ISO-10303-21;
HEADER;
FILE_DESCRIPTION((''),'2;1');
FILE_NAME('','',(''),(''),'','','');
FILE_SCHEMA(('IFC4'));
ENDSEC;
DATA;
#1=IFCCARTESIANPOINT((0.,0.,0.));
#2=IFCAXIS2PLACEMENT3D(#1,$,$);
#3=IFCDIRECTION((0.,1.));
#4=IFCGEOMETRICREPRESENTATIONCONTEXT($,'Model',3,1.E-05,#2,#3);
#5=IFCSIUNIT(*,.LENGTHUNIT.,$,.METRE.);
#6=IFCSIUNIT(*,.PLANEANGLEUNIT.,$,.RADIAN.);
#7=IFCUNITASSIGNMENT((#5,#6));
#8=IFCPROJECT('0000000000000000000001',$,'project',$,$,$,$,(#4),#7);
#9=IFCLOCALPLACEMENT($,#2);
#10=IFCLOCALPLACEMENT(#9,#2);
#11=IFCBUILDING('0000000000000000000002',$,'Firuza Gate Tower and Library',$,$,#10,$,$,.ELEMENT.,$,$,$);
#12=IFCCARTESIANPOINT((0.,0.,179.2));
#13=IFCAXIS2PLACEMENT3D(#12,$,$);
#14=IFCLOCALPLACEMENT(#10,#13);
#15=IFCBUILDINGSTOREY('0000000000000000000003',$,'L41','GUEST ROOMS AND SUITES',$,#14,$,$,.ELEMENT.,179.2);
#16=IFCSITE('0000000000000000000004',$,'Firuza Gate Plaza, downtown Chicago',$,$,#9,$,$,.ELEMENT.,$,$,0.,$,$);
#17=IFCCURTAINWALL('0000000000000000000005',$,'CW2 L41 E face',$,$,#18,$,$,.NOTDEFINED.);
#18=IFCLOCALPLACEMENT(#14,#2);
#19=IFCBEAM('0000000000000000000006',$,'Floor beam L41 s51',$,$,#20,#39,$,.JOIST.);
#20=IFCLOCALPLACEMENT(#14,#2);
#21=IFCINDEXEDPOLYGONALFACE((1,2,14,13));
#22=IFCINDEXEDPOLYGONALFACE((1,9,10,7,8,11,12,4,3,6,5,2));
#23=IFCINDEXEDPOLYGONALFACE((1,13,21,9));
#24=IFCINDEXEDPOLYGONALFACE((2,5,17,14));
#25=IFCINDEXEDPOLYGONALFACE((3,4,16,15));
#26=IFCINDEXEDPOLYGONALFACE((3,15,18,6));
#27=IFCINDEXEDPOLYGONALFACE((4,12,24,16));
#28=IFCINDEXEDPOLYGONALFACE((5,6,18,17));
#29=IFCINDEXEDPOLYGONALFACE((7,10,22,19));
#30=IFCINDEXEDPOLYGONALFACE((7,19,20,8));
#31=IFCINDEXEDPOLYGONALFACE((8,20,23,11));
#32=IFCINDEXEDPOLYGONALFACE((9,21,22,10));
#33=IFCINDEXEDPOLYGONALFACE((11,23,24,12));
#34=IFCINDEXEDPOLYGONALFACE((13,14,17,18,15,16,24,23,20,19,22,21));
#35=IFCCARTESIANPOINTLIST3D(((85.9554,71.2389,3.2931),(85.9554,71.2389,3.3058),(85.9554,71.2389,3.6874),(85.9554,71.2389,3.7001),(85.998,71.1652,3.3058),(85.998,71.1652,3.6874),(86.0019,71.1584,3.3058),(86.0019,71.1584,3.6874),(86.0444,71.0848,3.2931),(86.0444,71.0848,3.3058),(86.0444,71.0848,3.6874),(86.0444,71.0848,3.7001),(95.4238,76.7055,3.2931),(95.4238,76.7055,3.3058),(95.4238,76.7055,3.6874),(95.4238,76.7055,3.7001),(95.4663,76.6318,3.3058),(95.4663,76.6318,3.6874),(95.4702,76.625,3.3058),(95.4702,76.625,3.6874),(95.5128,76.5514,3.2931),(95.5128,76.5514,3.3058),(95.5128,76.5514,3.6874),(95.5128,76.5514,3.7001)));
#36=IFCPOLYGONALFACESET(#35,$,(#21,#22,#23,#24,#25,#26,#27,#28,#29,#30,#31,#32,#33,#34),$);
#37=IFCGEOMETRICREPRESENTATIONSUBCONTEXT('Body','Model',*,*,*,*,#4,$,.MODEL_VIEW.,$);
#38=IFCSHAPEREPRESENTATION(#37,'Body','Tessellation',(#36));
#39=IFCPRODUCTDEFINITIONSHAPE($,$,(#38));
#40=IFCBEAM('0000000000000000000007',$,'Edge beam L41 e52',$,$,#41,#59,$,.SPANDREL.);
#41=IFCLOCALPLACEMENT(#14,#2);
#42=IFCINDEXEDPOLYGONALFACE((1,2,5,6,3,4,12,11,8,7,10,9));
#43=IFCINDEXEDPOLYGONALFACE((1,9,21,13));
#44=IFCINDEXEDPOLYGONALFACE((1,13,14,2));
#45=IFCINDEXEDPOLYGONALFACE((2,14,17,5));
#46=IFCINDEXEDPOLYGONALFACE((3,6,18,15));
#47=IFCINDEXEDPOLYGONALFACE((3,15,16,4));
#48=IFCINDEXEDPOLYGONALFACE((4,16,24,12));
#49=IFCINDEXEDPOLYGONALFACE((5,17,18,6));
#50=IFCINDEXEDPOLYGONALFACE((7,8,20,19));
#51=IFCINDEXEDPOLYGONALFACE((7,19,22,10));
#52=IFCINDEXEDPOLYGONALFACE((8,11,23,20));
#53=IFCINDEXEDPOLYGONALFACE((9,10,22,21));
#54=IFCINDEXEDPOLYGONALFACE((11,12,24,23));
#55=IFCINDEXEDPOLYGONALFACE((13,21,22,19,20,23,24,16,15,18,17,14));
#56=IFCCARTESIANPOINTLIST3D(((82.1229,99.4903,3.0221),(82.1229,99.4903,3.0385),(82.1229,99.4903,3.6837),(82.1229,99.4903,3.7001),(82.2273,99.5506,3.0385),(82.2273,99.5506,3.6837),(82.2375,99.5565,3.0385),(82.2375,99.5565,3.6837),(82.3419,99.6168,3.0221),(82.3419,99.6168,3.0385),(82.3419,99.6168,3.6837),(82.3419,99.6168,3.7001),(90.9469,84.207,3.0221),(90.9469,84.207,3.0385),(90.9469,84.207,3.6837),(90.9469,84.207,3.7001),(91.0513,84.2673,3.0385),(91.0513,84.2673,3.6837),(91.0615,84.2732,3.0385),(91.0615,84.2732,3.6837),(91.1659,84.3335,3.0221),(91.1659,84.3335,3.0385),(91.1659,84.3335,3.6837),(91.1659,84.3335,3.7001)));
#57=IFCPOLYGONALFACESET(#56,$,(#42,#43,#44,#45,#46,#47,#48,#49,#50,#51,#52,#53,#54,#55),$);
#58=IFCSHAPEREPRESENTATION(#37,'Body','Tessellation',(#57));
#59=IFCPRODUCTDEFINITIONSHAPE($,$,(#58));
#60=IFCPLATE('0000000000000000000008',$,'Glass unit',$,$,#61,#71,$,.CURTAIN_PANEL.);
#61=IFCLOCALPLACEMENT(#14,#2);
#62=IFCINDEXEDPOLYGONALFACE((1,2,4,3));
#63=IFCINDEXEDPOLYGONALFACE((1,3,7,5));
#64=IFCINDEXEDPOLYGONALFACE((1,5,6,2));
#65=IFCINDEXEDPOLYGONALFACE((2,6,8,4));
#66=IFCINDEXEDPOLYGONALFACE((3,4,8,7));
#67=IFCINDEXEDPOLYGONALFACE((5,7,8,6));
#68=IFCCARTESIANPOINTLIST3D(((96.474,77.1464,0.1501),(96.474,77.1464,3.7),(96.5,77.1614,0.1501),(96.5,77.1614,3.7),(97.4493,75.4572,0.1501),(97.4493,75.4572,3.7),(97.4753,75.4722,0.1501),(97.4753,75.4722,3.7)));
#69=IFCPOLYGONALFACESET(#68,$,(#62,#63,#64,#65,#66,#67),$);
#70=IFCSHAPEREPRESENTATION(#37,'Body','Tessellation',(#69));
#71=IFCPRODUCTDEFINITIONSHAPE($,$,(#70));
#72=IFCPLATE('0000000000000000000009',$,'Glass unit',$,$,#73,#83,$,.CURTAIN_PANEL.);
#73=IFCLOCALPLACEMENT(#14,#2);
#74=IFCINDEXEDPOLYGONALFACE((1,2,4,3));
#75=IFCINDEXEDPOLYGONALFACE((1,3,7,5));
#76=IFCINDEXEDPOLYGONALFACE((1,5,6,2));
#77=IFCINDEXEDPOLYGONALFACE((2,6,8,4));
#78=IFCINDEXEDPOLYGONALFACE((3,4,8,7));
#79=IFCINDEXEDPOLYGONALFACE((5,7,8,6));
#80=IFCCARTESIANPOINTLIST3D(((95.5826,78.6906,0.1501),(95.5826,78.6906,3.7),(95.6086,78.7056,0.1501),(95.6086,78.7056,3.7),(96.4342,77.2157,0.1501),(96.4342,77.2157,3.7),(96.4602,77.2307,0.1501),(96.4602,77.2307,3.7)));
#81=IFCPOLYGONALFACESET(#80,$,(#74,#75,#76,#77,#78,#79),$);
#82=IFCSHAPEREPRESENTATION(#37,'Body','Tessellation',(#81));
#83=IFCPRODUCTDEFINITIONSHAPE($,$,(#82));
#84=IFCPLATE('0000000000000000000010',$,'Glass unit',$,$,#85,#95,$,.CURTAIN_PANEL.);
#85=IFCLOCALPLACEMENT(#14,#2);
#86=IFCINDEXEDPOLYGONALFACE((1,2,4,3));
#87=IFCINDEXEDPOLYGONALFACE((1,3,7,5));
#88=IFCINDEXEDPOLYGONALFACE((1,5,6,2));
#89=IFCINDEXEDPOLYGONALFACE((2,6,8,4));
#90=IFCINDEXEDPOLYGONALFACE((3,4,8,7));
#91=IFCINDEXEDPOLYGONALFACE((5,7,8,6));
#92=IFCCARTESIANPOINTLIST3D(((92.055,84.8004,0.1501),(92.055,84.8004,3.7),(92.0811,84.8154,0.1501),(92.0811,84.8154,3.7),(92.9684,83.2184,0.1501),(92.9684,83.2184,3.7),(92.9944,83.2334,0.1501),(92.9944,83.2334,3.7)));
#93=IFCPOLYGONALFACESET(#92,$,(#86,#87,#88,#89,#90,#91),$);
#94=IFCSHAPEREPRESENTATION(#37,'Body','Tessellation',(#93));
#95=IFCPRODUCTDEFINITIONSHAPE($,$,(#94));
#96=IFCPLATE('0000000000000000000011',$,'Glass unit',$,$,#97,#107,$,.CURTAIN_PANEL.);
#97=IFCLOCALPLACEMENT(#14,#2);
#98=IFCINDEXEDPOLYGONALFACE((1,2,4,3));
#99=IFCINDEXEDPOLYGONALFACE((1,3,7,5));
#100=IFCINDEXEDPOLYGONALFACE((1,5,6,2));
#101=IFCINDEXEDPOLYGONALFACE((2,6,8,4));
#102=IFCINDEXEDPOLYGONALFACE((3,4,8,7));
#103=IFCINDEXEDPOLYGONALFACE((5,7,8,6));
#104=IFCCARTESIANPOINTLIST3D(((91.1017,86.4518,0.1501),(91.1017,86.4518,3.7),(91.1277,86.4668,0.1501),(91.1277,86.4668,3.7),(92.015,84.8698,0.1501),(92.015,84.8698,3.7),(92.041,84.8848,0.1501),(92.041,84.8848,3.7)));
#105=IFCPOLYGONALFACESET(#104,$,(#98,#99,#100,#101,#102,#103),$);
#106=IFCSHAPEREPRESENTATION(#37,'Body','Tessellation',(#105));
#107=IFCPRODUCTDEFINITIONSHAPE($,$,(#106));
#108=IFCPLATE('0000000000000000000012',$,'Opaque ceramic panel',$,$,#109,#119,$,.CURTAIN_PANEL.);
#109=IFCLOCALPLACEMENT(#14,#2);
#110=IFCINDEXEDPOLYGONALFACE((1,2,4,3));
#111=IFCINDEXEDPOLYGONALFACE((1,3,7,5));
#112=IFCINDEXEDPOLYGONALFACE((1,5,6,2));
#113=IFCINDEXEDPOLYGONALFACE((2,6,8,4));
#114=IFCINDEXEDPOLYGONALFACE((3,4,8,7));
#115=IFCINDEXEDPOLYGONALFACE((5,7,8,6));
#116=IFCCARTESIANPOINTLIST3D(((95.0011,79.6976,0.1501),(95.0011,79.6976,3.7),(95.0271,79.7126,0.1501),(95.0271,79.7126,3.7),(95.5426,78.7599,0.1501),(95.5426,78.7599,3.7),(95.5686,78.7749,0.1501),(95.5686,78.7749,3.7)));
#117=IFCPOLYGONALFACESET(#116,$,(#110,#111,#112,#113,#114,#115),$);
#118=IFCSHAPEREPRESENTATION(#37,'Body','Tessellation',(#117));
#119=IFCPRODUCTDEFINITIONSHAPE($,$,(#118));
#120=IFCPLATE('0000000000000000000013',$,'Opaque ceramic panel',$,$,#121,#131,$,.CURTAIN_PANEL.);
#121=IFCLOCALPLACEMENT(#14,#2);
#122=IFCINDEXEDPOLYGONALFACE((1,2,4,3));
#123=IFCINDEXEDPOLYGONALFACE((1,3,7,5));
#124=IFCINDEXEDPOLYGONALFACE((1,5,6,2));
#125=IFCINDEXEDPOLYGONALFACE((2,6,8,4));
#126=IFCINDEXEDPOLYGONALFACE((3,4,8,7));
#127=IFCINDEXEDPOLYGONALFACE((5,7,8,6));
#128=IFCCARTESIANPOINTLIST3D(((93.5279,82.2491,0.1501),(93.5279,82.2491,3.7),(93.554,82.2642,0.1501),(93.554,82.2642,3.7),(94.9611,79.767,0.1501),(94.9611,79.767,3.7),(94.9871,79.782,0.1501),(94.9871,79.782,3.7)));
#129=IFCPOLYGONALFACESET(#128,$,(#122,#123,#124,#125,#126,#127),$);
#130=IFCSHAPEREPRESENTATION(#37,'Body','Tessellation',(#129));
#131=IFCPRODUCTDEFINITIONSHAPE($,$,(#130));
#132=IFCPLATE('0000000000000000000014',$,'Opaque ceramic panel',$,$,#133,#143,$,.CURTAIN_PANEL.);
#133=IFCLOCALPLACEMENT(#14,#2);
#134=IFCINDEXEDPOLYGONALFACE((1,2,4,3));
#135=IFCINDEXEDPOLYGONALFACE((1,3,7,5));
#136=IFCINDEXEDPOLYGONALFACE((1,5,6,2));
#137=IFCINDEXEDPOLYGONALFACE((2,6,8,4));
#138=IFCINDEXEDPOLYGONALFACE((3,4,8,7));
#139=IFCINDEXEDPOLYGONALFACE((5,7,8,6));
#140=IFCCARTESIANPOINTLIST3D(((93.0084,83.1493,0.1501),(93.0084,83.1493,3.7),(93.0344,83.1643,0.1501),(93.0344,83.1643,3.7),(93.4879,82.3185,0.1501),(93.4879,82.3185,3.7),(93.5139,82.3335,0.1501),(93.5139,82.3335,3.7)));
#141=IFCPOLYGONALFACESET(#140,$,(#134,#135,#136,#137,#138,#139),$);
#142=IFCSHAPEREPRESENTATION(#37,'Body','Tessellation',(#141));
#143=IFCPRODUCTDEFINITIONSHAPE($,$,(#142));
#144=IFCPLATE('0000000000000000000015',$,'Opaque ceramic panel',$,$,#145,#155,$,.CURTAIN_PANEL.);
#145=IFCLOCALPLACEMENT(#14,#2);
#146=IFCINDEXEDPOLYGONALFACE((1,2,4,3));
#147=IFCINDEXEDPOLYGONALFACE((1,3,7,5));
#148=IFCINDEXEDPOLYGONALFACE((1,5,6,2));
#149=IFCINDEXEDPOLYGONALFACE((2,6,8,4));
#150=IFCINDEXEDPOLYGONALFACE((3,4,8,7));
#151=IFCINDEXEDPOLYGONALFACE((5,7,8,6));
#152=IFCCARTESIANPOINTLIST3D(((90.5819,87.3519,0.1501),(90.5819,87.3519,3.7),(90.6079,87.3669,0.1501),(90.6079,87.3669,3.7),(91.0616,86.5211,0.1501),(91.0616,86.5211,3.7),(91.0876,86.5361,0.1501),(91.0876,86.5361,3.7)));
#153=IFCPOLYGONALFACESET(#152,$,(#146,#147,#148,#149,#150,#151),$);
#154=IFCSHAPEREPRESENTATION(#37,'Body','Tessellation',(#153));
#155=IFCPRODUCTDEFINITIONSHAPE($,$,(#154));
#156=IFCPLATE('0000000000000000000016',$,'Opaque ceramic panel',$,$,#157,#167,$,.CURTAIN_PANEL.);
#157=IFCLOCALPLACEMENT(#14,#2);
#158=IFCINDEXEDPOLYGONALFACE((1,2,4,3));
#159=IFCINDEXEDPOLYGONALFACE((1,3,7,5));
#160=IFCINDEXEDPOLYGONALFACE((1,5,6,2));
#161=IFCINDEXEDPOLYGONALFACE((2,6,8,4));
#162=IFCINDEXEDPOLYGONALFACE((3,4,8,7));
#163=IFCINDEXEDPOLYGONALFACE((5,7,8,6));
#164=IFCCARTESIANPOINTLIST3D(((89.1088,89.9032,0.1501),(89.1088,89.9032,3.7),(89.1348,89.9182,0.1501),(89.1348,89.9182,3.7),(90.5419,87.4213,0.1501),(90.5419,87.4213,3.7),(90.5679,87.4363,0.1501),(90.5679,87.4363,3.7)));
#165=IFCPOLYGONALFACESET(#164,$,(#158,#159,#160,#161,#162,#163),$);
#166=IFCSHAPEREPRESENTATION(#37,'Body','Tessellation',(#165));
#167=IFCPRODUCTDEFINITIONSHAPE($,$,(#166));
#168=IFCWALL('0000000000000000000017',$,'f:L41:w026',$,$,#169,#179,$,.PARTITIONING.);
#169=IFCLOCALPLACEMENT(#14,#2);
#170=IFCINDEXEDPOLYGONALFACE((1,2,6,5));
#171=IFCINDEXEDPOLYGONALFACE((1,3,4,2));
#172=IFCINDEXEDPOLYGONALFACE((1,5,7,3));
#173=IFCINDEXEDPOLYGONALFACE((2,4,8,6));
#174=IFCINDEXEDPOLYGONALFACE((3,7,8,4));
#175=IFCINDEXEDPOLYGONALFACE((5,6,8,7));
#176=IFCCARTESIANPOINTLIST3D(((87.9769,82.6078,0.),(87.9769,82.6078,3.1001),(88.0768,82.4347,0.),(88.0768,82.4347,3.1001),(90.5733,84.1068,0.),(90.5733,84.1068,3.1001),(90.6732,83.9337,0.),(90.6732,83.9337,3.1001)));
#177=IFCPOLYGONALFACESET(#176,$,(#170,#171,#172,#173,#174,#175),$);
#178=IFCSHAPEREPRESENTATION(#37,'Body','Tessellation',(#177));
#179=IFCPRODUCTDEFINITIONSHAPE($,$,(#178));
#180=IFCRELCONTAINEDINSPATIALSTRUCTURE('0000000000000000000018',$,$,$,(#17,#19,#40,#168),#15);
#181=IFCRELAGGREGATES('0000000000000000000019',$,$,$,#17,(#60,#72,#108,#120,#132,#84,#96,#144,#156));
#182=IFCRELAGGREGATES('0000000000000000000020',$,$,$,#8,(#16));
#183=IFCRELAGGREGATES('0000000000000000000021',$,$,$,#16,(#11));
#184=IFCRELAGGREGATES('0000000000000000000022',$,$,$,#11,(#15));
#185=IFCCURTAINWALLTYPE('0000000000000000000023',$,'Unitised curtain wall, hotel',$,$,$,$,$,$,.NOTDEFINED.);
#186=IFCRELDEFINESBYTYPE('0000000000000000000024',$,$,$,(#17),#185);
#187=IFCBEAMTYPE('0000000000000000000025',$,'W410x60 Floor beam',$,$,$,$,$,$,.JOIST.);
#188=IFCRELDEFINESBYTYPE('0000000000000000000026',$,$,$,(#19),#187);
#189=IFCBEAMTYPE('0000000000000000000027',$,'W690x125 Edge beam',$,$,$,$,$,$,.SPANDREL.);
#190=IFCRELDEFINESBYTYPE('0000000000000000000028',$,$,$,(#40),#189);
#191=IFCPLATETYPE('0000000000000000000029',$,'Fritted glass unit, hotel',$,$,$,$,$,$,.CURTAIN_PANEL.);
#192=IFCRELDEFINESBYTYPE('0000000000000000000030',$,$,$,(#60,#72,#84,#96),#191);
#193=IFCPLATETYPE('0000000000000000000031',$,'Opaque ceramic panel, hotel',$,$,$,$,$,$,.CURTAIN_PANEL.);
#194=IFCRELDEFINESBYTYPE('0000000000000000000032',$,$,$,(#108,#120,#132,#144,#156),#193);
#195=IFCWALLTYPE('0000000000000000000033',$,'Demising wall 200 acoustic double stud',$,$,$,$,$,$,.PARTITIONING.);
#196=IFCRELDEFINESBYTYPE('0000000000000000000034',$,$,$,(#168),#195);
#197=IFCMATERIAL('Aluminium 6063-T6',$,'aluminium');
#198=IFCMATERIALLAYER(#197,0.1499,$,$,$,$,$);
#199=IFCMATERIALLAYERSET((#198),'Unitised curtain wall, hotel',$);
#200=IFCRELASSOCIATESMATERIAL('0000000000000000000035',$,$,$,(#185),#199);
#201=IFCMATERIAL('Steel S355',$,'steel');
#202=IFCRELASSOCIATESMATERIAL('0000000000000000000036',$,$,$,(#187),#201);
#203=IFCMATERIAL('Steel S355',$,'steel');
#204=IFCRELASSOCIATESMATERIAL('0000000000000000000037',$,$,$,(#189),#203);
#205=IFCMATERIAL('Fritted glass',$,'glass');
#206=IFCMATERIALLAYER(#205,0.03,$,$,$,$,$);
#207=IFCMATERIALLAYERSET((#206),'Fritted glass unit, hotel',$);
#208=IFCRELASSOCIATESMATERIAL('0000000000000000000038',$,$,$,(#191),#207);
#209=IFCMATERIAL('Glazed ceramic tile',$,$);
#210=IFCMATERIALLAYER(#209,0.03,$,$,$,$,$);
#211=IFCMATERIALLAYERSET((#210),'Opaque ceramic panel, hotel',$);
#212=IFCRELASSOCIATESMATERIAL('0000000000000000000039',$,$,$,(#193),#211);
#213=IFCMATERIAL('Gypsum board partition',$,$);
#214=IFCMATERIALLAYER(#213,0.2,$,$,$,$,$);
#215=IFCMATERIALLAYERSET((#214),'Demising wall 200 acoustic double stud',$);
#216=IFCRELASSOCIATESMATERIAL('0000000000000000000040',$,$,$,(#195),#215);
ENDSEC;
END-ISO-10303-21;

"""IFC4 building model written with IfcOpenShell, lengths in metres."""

from ifc_helpers import new_model, si_unit, direction, frame, frame_2d, origin, origin_2d, place, context, subcontext, project, spatial, polyline, rectangle, i_section, outline, extrude, material, layer, layer_set, material_profile, profile_set, type_object, element, aggregate, save


model = new_model("IFC4")

# Units and contexts
model_context = context("Model", 3, precision=1e-05, world=origin(), true_north=direction((0.0, 1.0)))
body_context = subcontext(model_context, "Body", "Model", "MODEL_VIEW")
ifc_project = project(units=[si_unit("LENGTHUNIT", "METRE"), si_unit("PLANEANGLEUNIT", "RADIAN")], contexts=[model_context])

# Site, building, storey
site_placement = place(None, origin())
site = spatial("IfcSite", under=ifc_project, at=site_placement, Name="Firuza Gate Plaza, downtown Chicago", CompositionType="ELEMENT", RefElevation=0.0)
building_placement = place(site_placement, origin())
building = spatial("IfcBuilding", under=site, at=building_placement, Name="Firuza Gate Tower and Library", CompositionType="ELEMENT")
storey_placement = place(building_placement, frame((0.0, 0.0, 179.2)))
storey = spatial("IfcBuildingStorey", under=building, at=storey_placement, Name="L41", Description="GUEST ROOMS AND SUITES", CompositionType="ELEMENT", Elevation=179.2)

# Curtain wall
ifc_material_1 = material(Name="Aluminium 6063-T6", Category="aluminium")
ifc_layer_1 = layer(ifc_material_1, 0.1499)
ifc_layer_set_1 = layer_set([ifc_layer_1], Name="Unitised curtain wall, hotel")
curtain_wall_type = type_object("IfcCurtainWallType", Name="Unitised curtain wall, hotel", PredefinedType="NOTDEFINED", material=ifc_layer_set_1)
curtain_wall_placement = place(storey_placement, origin())
curtain_wall = element("IfcCurtainWall", 1, at=curtain_wall_placement, inside=storey, type_object=curtain_wall_type, Name="CW2 L41 E face", PredefinedType="NOTDEFINED")

# Beams
ifc_material_2 = material(Name="Steel S355", Category="steel")
ifc_material_profile_1 = material_profile(ifc_material_2, i_section(OverallWidth=0.178, OverallDepth=0.407, WebThickness=0.0078, FlangeThickness=0.0127, at=origin_2d()))
ifc_profile_set_1 = profile_set([ifc_material_profile_1], Name="Steel S355")
beam_type_1 = type_object("IfcBeamType", Name="W410x60 Floor beam", PredefinedType="JOIST", material=ifc_profile_set_1)
beam_1_placement = place(storey_placement, frame((95.4683, 76.6284, 3.4966), z_axis=(-0.866023, -0.500003, 0.0), x_axis=(0.500003, -0.866023, 0.0)))
element("IfcBeam", 2, at=beam_1_placement, inside=storey, type_object=beam_type_1, Name="Floor beam L41 s51", PredefinedType="JOIST", context=body_context, shape_type="SweptSolid", body=[
    extrude(i_section(OverallWidth=0.178, OverallDepth=0.407, WebThickness=0.0078, FlangeThickness=0.0127, at=origin_2d()), origin(), (0.0, 0.0, 1.0), 10.9331),
])
ifc_material_3 = material(Name="Steel S355", Category="steel")
ifc_material_profile_2 = material_profile(ifc_material_3, i_section(OverallWidth=0.2529, OverallDepth=0.678, WebThickness=0.0117, FlangeThickness=0.0164, at=origin_2d()))
ifc_profile_set_2 = profile_set([ifc_material_profile_2], Name="Steel S355")
beam_type_2 = type_object("IfcBeamType", Name="W690x125 Edge beam", PredefinedType="SPANDREL", material=ifc_profile_set_2)
beam_2_placement = place(storey_placement, frame((91.0564, 84.2703, 3.3611), z_axis=(-0.500009, 0.86602, 0.0), x_axis=(-0.86602, -0.500009, 0.0)))
element("IfcBeam", 3, at=beam_2_placement, inside=storey, type_object=beam_type_2, Name="Edge beam L41 e52", PredefinedType="SPANDREL", context=body_context, shape_type="SweptSolid", body=[
    extrude(i_section(OverallWidth=0.2529, OverallDepth=0.678, WebThickness=0.0117, FlangeThickness=0.0164, at=origin_2d()), origin(), (0.0, 0.0, 1.0), 17.6477),
])

# Plates
ifc_material_4 = material(Name="Fritted glass", Category="glass")
ifc_layer_2 = layer(ifc_material_4, 0.03)
ifc_layer_set_2 = layer_set([ifc_layer_2], Name="Fritted glass unit, hotel")
plate_type_1 = type_object("IfcPlateType", Name="Fritted glass unit, hotel", PredefinedType="CURTAIN_PANEL", material=ifc_layer_set_2)
plate_1_placement = place(storey_placement, frame((97.4753, 75.4722, 0.1501), z_axis=(0.866008, 0.500029, 0.0), x_axis=(-0.500029, 0.866008, 0.0)))
plate_1 = element("IfcPlate", 4, at=plate_1_placement, type_object=plate_type_1, Name="Glass unit", PredefinedType="CURTAIN_PANEL", context=body_context, shape_type="SweptSolid", body=[
    extrude(outline(polyline([(0.0, 0.0), (1.9506, 0.0), (1.9506, 3.5498), (0.0, 3.5498), (0.0, 0.0)])), origin(), (0.0, 0.0, -1.0), 0.03),
])
plate_2_placement = place(storey_placement, frame((96.4602, 77.2307, 0.1501), z_axis=(0.866011, 0.500024, 0.0), x_axis=(-0.500024, 0.866011, 0.0)))
plate_2 = element("IfcPlate", 5, at=plate_2_placement, type_object=plate_type_1, Name="Glass unit", PredefinedType="CURTAIN_PANEL", context=body_context, shape_type="SweptSolid", body=[
    extrude(outline(polyline([(0.0, 0.0), (1.703, 0.0), (1.703, 3.5498), (0.0, 3.5498), (0.0, 0.0)])), origin(), (0.0, 0.0, -1.0), 0.03),
])
plate_3_placement = place(storey_placement, frame((92.9944, 83.2334, 0.1501), z_axis=(0.866039, 0.499977, 0.0), x_axis=(-0.499977, 0.866039, 0.0)))
plate_3 = element("IfcPlate", 6, at=plate_3_placement, type_object=plate_type_1, Name="Glass unit", PredefinedType="CURTAIN_PANEL", context=body_context, shape_type="SweptSolid", body=[
    extrude(outline(polyline([(0.0, 0.0), (1.8267, 0.0), (1.8267, 3.5498), (0.0, 3.5498), (0.0, 0.0)])), origin(), (0.0, 0.0, -1.0), 0.03),
])
plate_4_placement = place(storey_placement, frame((92.041, 84.8848, 0.1501), z_axis=(0.866039, 0.499977, 0.0), x_axis=(-0.499977, 0.866039, 0.0)))
plate_4 = element("IfcPlate", 7, at=plate_4_placement, type_object=plate_type_1, Name="Glass unit", PredefinedType="CURTAIN_PANEL", context=body_context, shape_type="SweptSolid", body=[
    extrude(outline(polyline([(0.0, 0.0), (1.8267, 0.0), (1.8267, 3.5498), (0.0, 3.5498), (0.0, 0.0)])), origin(), (0.0, 0.0, -1.0), 0.03),
])
ifc_material_5 = material(Name="Glazed ceramic tile")
ifc_layer_3 = layer(ifc_material_5, 0.03)
ifc_layer_set_3 = layer_set([ifc_layer_3], Name="Opaque ceramic panel, hotel")
plate_type_2 = type_object("IfcPlateType", Name="Opaque ceramic panel, hotel", PredefinedType="CURTAIN_PANEL", material=ifc_layer_set_3)
plate_5_placement = place(storey_placement, frame((95.5686, 78.7749, 0.1501), z_axis=(0.865987, 0.500067, 0.0), x_axis=(-0.500067, 0.865987, 0.0)))
plate_5 = element("IfcPlate", 8, at=plate_5_placement, type_object=plate_type_2, Name="Opaque ceramic panel", PredefinedType="CURTAIN_PANEL", context=body_context, shape_type="SweptSolid", body=[
    extrude(outline(polyline([(0.0, 0.0), (1.0829, 0.0), (1.0829, 3.5498), (0.0, 3.5498), (0.0, 0.0)])), origin(), (0.0, 0.0, -1.0), 0.03),
])
plate_6_placement = place(storey_placement, frame((94.9871, 79.782, 0.1501), z_axis=(0.866022, 0.500005, 0.0), x_axis=(-0.500005, 0.866022, 0.0)))
plate_6 = element("IfcPlate", 9, at=plate_6_placement, type_object=plate_type_2, Name="Opaque ceramic panel", PredefinedType="CURTAIN_PANEL", context=body_context, shape_type="SweptSolid", body=[
    extrude(outline(polyline([(0.0, 0.0), (2.8662, 0.0), (2.8662, 3.5498), (0.0, 3.5498), (0.0, 0.0)])), origin(), (0.0, 0.0, -1.0), 0.03),
])
plate_7_placement = place(storey_placement, frame((93.5139, 82.3335, 0.1501), z_axis=(0.866105, 0.499862, 0.0), x_axis=(-0.499862, 0.866105, 0.0)))
plate_7 = element("IfcPlate", 10, at=plate_7_placement, type_object=plate_type_2, Name="Opaque ceramic panel", PredefinedType="CURTAIN_PANEL", context=body_context, shape_type="SweptSolid", body=[
    extrude(outline(polyline([(0.0, 0.0), (0.9592, 0.0), (0.9592, 3.5498), (0.0, 3.5498), (0.0, 0.0)])), origin(), (0.0, 0.0, -1.0), 0.03),
])
plate_8_placement = place(storey_placement, frame((91.0876, 86.5361, 0.1501), z_axis=(0.865995, 0.500053, 0.0), x_axis=(-0.500053, 0.865995, 0.0)))
plate_8 = element("IfcPlate", 11, at=plate_8_placement, type_object=plate_type_2, Name="Opaque ceramic panel", PredefinedType="CURTAIN_PANEL", context=body_context, shape_type="SweptSolid", body=[
    extrude(outline(polyline([(0.0, 0.0), (0.9594, 0.0), (0.9594, 3.5498), (0.0, 3.5498), (0.0, 0.0)])), origin(), (0.0, 0.0, -1.0), 0.03),
])
plate_9_placement = place(storey_placement, frame((90.5679, 87.4363, 0.1501), z_axis=(0.866001, 0.500042, 0.0), x_axis=(-0.500042, 0.866001, 0.0)))
plate_9 = element("IfcPlate", 12, at=plate_9_placement, type_object=plate_type_2, Name="Opaque ceramic panel", PredefinedType="CURTAIN_PANEL", context=body_context, shape_type="SweptSolid", body=[
    extrude(outline(polyline([(0.0, 0.0), (2.866, 0.0), (2.866, 3.5498), (0.0, 3.5498), (0.0, 0.0)])), origin(), (0.0, 0.0, -1.0), 0.03),
])
aggregate(curtain_wall, [plate_1, plate_2, plate_5, plate_6, plate_7, plate_3, plate_4, plate_8, plate_9])

# Wall
ifc_material_6 = material(Name="Gypsum board partition")
ifc_layer_4 = layer(ifc_material_6, 0.2)
ifc_layer_set_4 = layer_set([ifc_layer_4], Name="Demising wall 200 acoustic double stud")
wall_type_1 = type_object("IfcWallType", Name="Demising wall 200 acoustic double stud", PredefinedType="PARTITIONING", material=ifc_layer_set_4)
wall_1_placement = place(storey_placement, frame((88.0269, 82.5212, 0.0), z_axis=(0.0, 0.0, 1.0), x_axis=(0.86603, 0.499993, 0.0)))
element("IfcWall", 13, at=wall_1_placement, inside=storey, type_object=wall_type_1, Name="f:L41:w026", PredefinedType="PARTITIONING", context=body_context, shape_type="SweptSolid", body=[
    extrude(rectangle(XDim=2.998, YDim=0.2, at=frame_2d((1.499, 0.0))), origin(), (0.0, 0.0, 1.0), 3.1001),
])

save(model, "model.ifc")
